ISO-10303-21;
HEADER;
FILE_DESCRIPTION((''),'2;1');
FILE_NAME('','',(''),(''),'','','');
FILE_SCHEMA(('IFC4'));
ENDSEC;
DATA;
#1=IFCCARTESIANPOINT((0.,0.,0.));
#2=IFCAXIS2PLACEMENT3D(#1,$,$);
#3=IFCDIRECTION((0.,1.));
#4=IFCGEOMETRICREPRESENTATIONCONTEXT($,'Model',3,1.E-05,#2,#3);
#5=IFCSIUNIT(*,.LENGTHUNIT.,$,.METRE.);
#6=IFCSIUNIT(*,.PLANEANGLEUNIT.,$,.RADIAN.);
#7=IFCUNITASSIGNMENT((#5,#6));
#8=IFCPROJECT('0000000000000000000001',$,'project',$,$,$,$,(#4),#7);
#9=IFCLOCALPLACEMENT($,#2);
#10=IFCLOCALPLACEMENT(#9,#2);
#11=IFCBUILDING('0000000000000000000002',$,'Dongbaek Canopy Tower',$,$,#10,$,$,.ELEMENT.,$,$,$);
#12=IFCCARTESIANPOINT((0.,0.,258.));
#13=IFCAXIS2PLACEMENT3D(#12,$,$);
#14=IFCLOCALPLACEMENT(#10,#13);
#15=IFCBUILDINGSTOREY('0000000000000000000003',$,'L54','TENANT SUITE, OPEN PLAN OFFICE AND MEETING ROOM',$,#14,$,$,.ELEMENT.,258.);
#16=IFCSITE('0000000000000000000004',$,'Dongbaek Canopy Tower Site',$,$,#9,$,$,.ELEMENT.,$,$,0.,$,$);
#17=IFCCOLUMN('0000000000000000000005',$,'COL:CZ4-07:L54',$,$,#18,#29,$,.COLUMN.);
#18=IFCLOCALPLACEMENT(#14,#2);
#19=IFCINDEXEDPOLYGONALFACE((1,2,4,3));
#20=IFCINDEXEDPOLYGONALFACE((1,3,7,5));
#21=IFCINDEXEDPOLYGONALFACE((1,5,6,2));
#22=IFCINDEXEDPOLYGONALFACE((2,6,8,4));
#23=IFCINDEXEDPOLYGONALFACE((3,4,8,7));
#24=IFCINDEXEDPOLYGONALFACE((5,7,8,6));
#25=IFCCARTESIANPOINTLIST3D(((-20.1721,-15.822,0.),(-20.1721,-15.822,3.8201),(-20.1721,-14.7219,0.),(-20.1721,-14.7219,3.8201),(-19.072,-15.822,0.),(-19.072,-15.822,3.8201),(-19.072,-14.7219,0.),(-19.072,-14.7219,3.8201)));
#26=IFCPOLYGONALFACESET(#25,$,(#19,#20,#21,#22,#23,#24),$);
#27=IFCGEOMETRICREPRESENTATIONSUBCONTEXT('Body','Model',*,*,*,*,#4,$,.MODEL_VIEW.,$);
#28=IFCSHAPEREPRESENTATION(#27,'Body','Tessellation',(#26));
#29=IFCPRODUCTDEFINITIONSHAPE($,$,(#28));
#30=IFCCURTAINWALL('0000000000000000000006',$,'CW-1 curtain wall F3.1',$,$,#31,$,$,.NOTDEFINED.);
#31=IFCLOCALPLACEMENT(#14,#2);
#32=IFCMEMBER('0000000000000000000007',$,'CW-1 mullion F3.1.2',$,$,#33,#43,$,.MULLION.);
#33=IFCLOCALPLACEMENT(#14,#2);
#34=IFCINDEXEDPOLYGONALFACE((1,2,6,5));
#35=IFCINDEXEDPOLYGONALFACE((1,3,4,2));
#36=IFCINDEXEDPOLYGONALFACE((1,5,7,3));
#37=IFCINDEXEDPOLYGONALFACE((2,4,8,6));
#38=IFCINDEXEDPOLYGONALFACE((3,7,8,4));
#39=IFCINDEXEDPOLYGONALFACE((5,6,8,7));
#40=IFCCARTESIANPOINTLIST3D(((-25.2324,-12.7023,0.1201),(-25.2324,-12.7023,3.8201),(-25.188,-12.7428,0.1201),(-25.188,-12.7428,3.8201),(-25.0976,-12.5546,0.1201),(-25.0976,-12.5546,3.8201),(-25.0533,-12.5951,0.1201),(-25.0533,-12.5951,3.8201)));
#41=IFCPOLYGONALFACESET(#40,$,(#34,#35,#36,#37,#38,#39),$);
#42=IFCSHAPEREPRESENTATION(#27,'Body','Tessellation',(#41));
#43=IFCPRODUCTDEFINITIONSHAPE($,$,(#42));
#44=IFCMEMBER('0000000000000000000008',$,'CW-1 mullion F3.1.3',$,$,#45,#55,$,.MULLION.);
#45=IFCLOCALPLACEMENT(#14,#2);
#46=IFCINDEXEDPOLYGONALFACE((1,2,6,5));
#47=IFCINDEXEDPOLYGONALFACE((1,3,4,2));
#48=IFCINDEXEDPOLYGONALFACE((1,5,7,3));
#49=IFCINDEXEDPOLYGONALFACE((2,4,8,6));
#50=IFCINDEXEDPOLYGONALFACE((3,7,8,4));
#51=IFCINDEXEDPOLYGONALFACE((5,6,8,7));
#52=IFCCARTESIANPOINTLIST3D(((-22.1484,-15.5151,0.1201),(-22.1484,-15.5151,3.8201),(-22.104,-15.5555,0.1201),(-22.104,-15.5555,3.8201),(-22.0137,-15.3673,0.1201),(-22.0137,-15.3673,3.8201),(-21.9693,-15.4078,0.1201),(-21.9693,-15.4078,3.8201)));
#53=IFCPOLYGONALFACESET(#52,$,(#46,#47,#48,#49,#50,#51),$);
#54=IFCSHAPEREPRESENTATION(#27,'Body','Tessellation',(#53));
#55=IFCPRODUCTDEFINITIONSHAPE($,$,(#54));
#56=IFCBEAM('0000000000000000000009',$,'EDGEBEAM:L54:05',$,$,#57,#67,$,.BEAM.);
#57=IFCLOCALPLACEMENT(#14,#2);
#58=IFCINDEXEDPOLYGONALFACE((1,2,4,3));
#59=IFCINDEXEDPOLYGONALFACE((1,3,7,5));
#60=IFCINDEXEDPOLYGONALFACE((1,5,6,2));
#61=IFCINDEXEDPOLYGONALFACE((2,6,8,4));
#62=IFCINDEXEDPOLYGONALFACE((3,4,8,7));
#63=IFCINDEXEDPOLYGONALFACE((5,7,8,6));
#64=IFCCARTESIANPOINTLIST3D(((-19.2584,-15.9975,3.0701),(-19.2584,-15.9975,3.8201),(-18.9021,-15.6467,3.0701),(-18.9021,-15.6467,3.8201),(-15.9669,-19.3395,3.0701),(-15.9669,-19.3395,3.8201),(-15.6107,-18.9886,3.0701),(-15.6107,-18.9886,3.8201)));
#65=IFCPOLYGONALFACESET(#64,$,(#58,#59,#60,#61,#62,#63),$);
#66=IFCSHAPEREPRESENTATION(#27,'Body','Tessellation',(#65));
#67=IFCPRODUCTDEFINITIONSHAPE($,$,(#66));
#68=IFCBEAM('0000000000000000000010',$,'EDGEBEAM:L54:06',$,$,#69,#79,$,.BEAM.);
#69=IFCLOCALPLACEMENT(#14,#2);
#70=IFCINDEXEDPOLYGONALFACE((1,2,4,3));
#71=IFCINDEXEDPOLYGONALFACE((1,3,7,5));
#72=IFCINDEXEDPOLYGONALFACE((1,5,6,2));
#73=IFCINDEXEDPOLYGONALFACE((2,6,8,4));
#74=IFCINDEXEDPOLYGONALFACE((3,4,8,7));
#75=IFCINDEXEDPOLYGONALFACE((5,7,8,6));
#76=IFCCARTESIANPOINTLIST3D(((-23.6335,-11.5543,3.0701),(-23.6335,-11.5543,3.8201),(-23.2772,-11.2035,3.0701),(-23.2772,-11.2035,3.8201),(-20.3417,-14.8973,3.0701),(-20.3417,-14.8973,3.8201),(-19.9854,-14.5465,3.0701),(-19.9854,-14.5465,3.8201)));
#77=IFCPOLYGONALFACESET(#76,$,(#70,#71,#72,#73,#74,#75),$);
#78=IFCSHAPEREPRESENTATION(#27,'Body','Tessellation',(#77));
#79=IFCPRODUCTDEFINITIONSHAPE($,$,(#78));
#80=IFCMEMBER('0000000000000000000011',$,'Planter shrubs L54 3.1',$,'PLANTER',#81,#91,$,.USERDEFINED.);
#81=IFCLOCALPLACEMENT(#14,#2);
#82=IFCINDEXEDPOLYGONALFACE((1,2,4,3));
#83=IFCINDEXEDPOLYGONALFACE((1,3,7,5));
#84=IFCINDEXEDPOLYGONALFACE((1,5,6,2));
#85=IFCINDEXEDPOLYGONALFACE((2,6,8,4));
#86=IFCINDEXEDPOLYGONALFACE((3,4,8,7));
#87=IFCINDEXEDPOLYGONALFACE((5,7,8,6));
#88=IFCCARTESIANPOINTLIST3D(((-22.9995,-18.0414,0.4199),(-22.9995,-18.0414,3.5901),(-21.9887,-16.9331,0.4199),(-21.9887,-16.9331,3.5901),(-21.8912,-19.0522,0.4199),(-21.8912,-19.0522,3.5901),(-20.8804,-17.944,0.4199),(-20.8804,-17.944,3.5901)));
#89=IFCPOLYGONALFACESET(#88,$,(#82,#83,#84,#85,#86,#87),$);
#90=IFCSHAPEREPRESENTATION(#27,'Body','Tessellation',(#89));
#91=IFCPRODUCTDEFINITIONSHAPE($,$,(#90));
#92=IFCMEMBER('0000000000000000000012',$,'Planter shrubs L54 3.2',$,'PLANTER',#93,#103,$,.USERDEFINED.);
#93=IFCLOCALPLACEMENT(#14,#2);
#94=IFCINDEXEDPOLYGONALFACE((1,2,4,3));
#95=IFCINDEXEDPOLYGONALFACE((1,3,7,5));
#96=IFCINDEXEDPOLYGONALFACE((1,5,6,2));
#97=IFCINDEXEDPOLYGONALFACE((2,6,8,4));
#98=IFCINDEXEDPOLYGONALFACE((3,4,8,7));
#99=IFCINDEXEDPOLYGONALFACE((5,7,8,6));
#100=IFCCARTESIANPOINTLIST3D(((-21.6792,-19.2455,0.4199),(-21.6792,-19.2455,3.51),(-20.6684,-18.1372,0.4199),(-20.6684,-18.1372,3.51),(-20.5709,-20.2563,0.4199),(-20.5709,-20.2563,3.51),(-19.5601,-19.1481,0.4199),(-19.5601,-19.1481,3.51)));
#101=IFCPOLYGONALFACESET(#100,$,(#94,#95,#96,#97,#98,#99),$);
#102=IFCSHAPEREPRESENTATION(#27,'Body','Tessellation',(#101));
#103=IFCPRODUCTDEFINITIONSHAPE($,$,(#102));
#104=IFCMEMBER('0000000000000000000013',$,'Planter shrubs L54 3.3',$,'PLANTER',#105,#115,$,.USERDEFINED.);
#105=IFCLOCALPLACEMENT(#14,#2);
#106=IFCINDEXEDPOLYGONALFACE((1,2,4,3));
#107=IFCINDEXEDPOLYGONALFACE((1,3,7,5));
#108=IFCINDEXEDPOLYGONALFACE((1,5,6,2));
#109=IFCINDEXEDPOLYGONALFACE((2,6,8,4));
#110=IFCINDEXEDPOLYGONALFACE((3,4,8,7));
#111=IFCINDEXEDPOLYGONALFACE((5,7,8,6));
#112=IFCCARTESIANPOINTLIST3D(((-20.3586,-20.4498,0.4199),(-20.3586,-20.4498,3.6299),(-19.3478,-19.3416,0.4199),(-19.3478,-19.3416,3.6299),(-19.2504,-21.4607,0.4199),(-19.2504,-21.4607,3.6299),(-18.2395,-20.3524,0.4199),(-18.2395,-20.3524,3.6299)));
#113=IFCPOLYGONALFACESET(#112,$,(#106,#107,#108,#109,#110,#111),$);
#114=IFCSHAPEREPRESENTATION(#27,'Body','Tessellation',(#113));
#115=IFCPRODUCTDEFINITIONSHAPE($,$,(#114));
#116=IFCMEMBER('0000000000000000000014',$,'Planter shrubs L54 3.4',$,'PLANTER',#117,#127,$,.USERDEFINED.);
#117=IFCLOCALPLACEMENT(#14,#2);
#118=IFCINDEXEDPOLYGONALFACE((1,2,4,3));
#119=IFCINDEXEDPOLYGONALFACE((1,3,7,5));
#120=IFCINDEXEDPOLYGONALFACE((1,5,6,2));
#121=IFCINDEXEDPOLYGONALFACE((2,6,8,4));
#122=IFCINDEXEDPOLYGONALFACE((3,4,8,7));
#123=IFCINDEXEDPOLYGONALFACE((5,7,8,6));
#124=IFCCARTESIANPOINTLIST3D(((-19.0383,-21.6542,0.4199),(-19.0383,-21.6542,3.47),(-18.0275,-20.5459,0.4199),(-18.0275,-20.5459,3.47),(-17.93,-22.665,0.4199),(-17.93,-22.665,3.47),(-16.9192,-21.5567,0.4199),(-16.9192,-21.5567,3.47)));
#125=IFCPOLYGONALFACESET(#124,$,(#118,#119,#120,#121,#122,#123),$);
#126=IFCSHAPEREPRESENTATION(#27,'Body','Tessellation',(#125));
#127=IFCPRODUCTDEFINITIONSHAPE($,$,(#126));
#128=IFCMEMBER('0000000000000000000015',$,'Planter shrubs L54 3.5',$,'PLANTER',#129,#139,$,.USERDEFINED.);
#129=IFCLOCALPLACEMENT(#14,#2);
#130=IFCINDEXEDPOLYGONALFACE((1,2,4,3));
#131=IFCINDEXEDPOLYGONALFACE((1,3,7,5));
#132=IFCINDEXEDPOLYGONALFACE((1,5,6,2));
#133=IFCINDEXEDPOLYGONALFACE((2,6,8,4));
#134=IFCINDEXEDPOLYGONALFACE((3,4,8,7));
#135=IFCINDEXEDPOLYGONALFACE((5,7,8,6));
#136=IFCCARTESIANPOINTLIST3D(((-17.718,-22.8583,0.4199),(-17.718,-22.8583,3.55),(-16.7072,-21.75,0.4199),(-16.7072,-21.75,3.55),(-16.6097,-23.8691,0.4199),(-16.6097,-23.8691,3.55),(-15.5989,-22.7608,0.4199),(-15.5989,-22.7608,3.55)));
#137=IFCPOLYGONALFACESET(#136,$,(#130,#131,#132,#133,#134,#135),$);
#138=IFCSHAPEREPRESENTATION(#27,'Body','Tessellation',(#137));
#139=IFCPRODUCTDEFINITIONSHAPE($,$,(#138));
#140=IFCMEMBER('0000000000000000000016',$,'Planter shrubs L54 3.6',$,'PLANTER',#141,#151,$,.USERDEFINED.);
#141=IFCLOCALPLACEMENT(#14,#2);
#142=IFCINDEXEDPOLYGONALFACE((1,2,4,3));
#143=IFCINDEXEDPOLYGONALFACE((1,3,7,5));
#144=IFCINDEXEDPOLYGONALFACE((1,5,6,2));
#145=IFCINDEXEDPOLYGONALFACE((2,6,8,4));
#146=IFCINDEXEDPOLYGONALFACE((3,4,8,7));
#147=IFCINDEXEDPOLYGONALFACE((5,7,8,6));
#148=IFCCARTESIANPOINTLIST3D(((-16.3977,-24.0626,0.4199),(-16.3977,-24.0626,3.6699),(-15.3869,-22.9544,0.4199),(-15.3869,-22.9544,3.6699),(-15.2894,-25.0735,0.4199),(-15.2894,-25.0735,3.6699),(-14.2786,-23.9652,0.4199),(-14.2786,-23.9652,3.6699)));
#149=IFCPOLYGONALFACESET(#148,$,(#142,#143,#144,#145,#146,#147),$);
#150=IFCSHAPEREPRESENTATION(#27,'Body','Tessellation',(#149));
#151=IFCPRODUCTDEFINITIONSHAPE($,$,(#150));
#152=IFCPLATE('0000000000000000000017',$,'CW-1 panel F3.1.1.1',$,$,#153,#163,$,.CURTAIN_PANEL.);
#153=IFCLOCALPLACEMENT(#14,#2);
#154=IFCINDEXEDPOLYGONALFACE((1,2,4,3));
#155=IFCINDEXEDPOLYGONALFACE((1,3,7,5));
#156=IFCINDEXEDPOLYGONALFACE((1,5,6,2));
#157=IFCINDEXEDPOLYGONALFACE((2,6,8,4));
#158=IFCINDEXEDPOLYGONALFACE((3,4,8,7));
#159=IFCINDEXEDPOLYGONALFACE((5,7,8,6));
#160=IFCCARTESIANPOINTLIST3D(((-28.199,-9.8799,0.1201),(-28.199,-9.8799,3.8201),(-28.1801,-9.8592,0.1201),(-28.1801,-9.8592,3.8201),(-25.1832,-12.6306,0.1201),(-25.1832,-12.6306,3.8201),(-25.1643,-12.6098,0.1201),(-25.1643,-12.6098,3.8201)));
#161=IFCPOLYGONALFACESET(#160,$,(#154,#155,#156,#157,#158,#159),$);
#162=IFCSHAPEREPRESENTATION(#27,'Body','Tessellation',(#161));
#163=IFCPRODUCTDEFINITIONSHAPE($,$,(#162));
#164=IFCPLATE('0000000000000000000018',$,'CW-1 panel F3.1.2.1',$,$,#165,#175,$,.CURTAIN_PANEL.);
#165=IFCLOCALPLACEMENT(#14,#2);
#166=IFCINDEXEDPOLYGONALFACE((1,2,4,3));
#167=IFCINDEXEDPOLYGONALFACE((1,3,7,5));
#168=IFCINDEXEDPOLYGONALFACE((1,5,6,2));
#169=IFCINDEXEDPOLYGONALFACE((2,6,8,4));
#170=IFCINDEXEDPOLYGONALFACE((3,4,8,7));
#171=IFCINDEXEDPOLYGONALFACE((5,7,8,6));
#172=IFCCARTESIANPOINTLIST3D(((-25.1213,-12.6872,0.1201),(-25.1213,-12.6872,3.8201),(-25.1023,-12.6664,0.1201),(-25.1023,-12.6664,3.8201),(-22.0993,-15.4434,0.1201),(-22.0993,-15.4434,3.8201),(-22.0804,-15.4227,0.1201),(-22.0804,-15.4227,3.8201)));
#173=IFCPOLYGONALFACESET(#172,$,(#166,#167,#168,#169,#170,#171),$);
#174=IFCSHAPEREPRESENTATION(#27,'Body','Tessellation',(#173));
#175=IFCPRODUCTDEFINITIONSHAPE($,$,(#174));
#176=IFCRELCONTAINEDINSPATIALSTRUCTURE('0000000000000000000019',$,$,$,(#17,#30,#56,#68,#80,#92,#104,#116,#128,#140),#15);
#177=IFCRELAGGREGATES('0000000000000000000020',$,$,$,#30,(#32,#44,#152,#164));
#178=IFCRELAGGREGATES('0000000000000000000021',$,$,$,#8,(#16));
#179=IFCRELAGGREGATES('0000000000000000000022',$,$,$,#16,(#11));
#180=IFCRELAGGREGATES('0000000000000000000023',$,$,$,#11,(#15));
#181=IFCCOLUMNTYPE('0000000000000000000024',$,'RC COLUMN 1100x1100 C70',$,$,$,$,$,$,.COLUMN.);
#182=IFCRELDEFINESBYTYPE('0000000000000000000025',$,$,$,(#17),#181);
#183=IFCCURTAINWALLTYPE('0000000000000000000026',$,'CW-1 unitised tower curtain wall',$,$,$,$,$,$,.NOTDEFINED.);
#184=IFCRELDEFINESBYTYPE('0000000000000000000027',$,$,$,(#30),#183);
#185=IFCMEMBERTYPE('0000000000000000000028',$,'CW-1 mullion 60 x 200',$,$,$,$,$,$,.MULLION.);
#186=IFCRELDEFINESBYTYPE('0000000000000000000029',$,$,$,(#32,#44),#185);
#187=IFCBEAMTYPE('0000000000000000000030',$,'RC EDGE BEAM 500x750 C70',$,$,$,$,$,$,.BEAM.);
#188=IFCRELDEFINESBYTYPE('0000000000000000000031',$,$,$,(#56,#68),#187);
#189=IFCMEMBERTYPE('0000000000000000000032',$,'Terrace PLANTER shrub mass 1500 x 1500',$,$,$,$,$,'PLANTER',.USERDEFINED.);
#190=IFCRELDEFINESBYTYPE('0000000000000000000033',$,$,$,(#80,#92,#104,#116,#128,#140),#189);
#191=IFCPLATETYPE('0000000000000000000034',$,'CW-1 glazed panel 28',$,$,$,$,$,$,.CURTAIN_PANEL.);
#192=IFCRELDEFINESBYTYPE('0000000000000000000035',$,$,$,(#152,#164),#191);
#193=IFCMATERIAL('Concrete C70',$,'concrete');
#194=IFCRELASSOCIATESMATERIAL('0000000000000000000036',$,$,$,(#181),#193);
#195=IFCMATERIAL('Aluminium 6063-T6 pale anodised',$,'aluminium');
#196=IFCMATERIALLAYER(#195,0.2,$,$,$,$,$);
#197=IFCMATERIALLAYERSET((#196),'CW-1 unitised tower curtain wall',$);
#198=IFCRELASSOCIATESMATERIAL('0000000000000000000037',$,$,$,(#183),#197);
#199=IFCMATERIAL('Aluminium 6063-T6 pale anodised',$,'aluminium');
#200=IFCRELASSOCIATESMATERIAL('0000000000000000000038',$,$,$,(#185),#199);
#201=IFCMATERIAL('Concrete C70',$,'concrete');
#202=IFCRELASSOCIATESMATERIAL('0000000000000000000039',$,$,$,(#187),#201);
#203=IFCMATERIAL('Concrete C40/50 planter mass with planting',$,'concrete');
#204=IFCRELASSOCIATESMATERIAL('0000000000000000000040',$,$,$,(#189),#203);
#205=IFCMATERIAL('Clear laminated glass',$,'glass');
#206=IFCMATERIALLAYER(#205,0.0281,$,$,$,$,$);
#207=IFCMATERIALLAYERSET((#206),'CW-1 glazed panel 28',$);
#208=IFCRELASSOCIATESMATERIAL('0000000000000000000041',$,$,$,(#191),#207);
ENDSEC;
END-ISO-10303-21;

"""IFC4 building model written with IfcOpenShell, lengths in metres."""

from ifc_helpers import new_model, si_unit, direction, frame, origin, origin_2d, place, context, subcontext, project, spatial, rectangle, extrude, material, layer, layer_set, material_profile, profile_set, type_object, element, aggregate, save


model = new_model("IFC4")

# Units and contexts
model_context = context("Model", 3, precision=1e-05, world=origin(), true_north=direction((0.0, 1.0)))
body_context = subcontext(model_context, "Body", "Model", "MODEL_VIEW")
ifc_project = project(units=[si_unit("LENGTHUNIT", "METRE"), si_unit("PLANEANGLEUNIT", "RADIAN")], contexts=[model_context])

# Site, building, storey
site_placement = place(None, origin())
site = spatial("IfcSite", under=ifc_project, at=site_placement, Name="Dongbaek Canopy Tower Site", CompositionType="ELEMENT", RefElevation=0.0)
building_placement = place(site_placement, origin())
building = spatial("IfcBuilding", under=site, at=building_placement, Name="Dongbaek Canopy Tower", CompositionType="ELEMENT")
storey_placement = place(building_placement, frame((0.0, 0.0, 258.0)))
storey = spatial("IfcBuildingStorey", under=building, at=storey_placement, Name="L54", Description="TENANT SUITE, OPEN PLAN OFFICE AND MEETING ROOM", CompositionType="ELEMENT", Elevation=258.0)

# Column
ifc_material_1 = material(Name="Concrete C70", Category="concrete")
ifc_material_profile_1 = material_profile(ifc_material_1, rectangle(XDim=1.1001, YDim=1.1001, at=origin_2d()), Name="RC COLUMN 1100x1100 C70")
ifc_profile_set_1 = profile_set([ifc_material_profile_1], Name="Concrete C70")
column_type = type_object("IfcColumnType", Name="RC COLUMN 1100x1100 C70", PredefinedType="COLUMN", material=ifc_profile_set_1)
column_placement = place(storey_placement, frame((-19.6221, -15.272, 0.0), z_axis=(0.0, 0.0, 1.0), x_axis=(1.0, 0.0, 0.0)))
element("IfcColumn", 1, at=column_placement, inside=storey, type_object=column_type, Name="COL:CZ4-07:L54", PredefinedType="COLUMN", context=body_context, shape_type="SweptSolid", body=[
    extrude(rectangle(XDim=1.1001, YDim=1.1001, at=origin_2d()), origin(), (0.0, 0.0, 1.0), 3.8201),
])

# Curtain wall, members
ifc_material_2 = material(Name="Aluminium 6063-T6 pale anodised", Category="aluminium")
ifc_layer_1 = layer(ifc_material_2, 0.2)
ifc_layer_set_1 = layer_set([ifc_layer_1], Name="CW-1 unitised tower curtain wall")
curtain_wall_type = type_object("IfcCurtainWallType", Name="CW-1 unitised tower curtain wall", PredefinedType="NOTDEFINED", material=ifc_layer_set_1)
curtain_wall_placement = place(storey_placement, origin())
curtain_wall = element("IfcCurtainWall", 2, at=curtain_wall_placement, inside=storey, type_object=curtain_wall_type, Name="CW-1 curtain wall F3.1", PredefinedType="NOTDEFINED")
ifc_material_3 = material(Name="Aluminium 6063-T6 pale anodised", Category="aluminium")
ifc_material_profile_2 = material_profile(ifc_material_3, rectangle(XDim=0.2, YDim=0.0601, at=origin_2d()), Name="CW-1 mullion 60 x 200")
ifc_profile_set_2 = profile_set([ifc_material_profile_2], Name="Aluminium 6063-T6 pale anodised")
member_type_1 = type_object("IfcMemberType", Name="CW-1 mullion 60 x 200", PredefinedType="MULLION", material=ifc_profile_set_2)
member_1_placement = place(storey_placement, frame((-25.1428, -12.6487, 0.1201), z_axis=(0.0, 0.0, 1.0), x_axis=(-0.673879, -0.738841, 0.0)))
member_1 = element("IfcMember", 3, at=member_1_placement, type_object=member_type_1, Name="CW-1 mullion F3.1.2", PredefinedType="MULLION", context=body_context, shape_type="SweptSolid", body=[
    extrude(rectangle(XDim=0.2, YDim=0.0601, at=origin_2d()), origin(), (0.0, 0.0, 1.0), 3.7),
])
member_2_placement = place(storey_placement, frame((-22.0588, -15.4614, 0.1201), z_axis=(0.0, 0.0, 1.0), x_axis=(-0.673879, -0.738841, 0.0)))
member_2 = element("IfcMember", 4, at=member_2_placement, type_object=member_type_1, Name="CW-1 mullion F3.1.3", PredefinedType="MULLION", context=body_context, shape_type="SweptSolid", body=[
    extrude(rectangle(XDim=0.2, YDim=0.0601, at=origin_2d()), origin(), (0.0, 0.0, 1.0), 3.7),
])

# Beams
ifc_material_4 = material(Name="Concrete C70", Category="concrete")
ifc_material_profile_3 = material_profile(ifc_material_4, rectangle(XDim=0.5, YDim=0.75, at=origin_2d()), Name="RC EDGE BEAM 500x750 C70")
ifc_profile_set_3 = profile_set([ifc_material_profile_3], Name="Concrete C70")
beam_type = type_object("IfcBeamType", Name="RC EDGE BEAM 500x750 C70", PredefinedType="BEAM", material=ifc_profile_set_3)
beam_1_placement = place(storey_placement, frame((-15.7888, -19.1641, 3.4451), z_axis=(-0.701699, 0.712473, 0.0), x_axis=(-0.712473, -0.701699, 0.0)))
element("IfcBeam", 5, at=beam_1_placement, inside=storey, type_object=beam_type, Name="EDGEBEAM:L54:05", PredefinedType="BEAM", context=body_context, shape_type="SweptSolid", body=[
    extrude(rectangle(XDim=0.5, YDim=0.75, at=origin_2d()), origin(), (0.0, 0.0, 1.0), 4.6907),
])
beam_2_placement = place(storey_placement, frame((-20.1636, -14.7219, 3.4451), z_axis=(-0.701622, 0.71255, 0.0), x_axis=(-0.71255, -0.701622, 0.0)))
element("IfcBeam", 6, at=beam_2_placement, inside=storey, type_object=beam_type, Name="EDGEBEAM:L54:06", PredefinedType="BEAM", context=body_context, shape_type="SweptSolid", body=[
    extrude(rectangle(XDim=0.5, YDim=0.75, at=origin_2d()), origin(), (0.0, 0.0, 1.0), 4.6917),
])

# Members
ifc_material_5 = material(Name="Concrete C40/50 planter mass with planting", Category="concrete")
ifc_material_profile_4 = material_profile(ifc_material_5, rectangle(XDim=1.5, YDim=1.5, at=origin_2d()), Name="Terrace PLANTER shrub mass 1500 x 1500")
ifc_profile_set_4 = profile_set([ifc_material_profile_4], Name="Concrete C40/50 planter mass with planting")
member_type_2 = type_object("IfcMemberType", Name="Terrace PLANTER shrub mass 1500 x 1500", ElementType="PLANTER", PredefinedType="USERDEFINED", material=ifc_profile_set_4)
member_3_placement = place(storey_placement, frame((-21.9399, -17.9927, 0.4199), z_axis=(0.0, 0.0, 1.0), x_axis=(-0.673879, -0.738841, 0.0)))
element("IfcMember", 7, at=member_3_placement, inside=storey, type_object=member_type_2, Name="Planter shrubs L54 3.1", ObjectType="PLANTER", PredefinedType="USERDEFINED", context=body_context, shape_type="SweptSolid", body=[
    extrude(rectangle(XDim=1.5, YDim=1.5, at=origin_2d()), origin(), (0.0, 0.0, 1.0), 3.1702),
])
member_4_placement = place(storey_placement, frame((-20.6196, -19.1968, 0.4199), z_axis=(0.0, 0.0, 1.0), x_axis=(-0.673879, -0.738841, 0.0)))
element("IfcMember", 8, at=member_4_placement, inside=storey, type_object=member_type_2, Name="Planter shrubs L54 3.2", ObjectType="PLANTER", PredefinedType="USERDEFINED", context=body_context, shape_type="SweptSolid", body=[
    extrude(rectangle(XDim=1.5, YDim=1.5, at=origin_2d()), origin(), (0.0, 0.0, 1.0), 3.0901),
])
member_5_placement = place(storey_placement, frame((-19.2991, -20.4011, 0.4199), z_axis=(0.0, 0.0, 1.0), x_axis=(-0.673879, -0.738841, 0.0)))
element("IfcMember", 9, at=member_5_placement, inside=storey, type_object=member_type_2, Name="Planter shrubs L54 3.3", ObjectType="PLANTER", PredefinedType="USERDEFINED", context=body_context, shape_type="SweptSolid", body=[
    extrude(rectangle(XDim=1.5, YDim=1.5, at=origin_2d()), origin(), (0.0, 0.0, 1.0), 3.21),
])
member_6_placement = place(storey_placement, frame((-17.9788, -21.6055, 0.4199), z_axis=(0.0, 0.0, 1.0), x_axis=(-0.673879, -0.738841, 0.0)))
element("IfcMember", 10, at=member_6_placement, inside=storey, type_object=member_type_2, Name="Planter shrubs L54 3.4", ObjectType="PLANTER", PredefinedType="USERDEFINED", context=body_context, shape_type="SweptSolid", body=[
    extrude(rectangle(XDim=1.5, YDim=1.5, at=origin_2d()), origin(), (0.0, 0.0, 1.0), 3.05),
])
member_7_placement = place(storey_placement, frame((-16.6584, -22.8096, 0.4199), z_axis=(0.0, 0.0, 1.0), x_axis=(-0.673879, -0.738841, 0.0)))
element("IfcMember", 11, at=member_7_placement, inside=storey, type_object=member_type_2, Name="Planter shrubs L54 3.5", ObjectType="PLANTER", PredefinedType="USERDEFINED", context=body_context, shape_type="SweptSolid", body=[
    extrude(rectangle(XDim=1.5, YDim=1.5, at=origin_2d()), origin(), (0.0, 0.0, 1.0), 3.1301),
])
member_8_placement = place(storey_placement, frame((-15.3381, -24.0139, 0.4199), z_axis=(0.0, 0.0, 1.0), x_axis=(-0.673879, -0.738841, 0.0)))
element("IfcMember", 12, at=member_8_placement, inside=storey, type_object=member_type_2, Name="Planter shrubs L54 3.6", ObjectType="PLANTER", PredefinedType="USERDEFINED", context=body_context, shape_type="SweptSolid", body=[
    extrude(rectangle(XDim=1.5, YDim=1.5, at=origin_2d()), origin(), (0.0, 0.0, 1.0), 3.25),
])

# Plates
ifc_material_6 = material(Name="Clear laminated glass", Category="glass")
ifc_layer_2 = layer(ifc_material_6, 0.0281)
ifc_layer_set_2 = layer_set([ifc_layer_2], Name="CW-1 glazed panel 28")
plate_type = type_object("IfcPlateType", Name="CW-1 glazed panel 28", PredefinedType="CURTAIN_PANEL", material=ifc_layer_set_2)
plate_1_placement = place(storey_placement, frame((-26.6816, -11.2449, 0.1201), z_axis=(0.0, 0.0, 1.0), x_axis=(0.738841, -0.673879, 0.0)))
plate_1 = element("IfcPlate", 13, at=plate_1_placement, type_object=plate_type, Name="CW-1 panel F3.1.1.1", PredefinedType="CURTAIN_PANEL", context=body_context, shape_type="SweptSolid", body=[
    extrude(rectangle(XDim=4.0818, YDim=0.0281, at=origin_2d()), origin(), (0.0, 0.0, 1.0), 3.7),
])
plate_2_placement = place(storey_placement, frame((-23.6008, -14.0549, 0.1201), z_axis=(0.0, 0.0, 1.0), x_axis=(0.738841, -0.673879, 0.0)))
plate_2 = element("IfcPlate", 14, at=plate_2_placement, type_object=plate_type, Name="CW-1 panel F3.1.2.1", PredefinedType="CURTAIN_PANEL", context=body_context, shape_type="SweptSolid", body=[
    extrude(rectangle(XDim=4.0901, YDim=0.0281, at=origin_2d()), origin(), (0.0, 0.0, 1.0), 3.7),
])

aggregate(curtain_wall, [member_1, member_2, plate_1, plate_2])

save(model, "model.ifc")
